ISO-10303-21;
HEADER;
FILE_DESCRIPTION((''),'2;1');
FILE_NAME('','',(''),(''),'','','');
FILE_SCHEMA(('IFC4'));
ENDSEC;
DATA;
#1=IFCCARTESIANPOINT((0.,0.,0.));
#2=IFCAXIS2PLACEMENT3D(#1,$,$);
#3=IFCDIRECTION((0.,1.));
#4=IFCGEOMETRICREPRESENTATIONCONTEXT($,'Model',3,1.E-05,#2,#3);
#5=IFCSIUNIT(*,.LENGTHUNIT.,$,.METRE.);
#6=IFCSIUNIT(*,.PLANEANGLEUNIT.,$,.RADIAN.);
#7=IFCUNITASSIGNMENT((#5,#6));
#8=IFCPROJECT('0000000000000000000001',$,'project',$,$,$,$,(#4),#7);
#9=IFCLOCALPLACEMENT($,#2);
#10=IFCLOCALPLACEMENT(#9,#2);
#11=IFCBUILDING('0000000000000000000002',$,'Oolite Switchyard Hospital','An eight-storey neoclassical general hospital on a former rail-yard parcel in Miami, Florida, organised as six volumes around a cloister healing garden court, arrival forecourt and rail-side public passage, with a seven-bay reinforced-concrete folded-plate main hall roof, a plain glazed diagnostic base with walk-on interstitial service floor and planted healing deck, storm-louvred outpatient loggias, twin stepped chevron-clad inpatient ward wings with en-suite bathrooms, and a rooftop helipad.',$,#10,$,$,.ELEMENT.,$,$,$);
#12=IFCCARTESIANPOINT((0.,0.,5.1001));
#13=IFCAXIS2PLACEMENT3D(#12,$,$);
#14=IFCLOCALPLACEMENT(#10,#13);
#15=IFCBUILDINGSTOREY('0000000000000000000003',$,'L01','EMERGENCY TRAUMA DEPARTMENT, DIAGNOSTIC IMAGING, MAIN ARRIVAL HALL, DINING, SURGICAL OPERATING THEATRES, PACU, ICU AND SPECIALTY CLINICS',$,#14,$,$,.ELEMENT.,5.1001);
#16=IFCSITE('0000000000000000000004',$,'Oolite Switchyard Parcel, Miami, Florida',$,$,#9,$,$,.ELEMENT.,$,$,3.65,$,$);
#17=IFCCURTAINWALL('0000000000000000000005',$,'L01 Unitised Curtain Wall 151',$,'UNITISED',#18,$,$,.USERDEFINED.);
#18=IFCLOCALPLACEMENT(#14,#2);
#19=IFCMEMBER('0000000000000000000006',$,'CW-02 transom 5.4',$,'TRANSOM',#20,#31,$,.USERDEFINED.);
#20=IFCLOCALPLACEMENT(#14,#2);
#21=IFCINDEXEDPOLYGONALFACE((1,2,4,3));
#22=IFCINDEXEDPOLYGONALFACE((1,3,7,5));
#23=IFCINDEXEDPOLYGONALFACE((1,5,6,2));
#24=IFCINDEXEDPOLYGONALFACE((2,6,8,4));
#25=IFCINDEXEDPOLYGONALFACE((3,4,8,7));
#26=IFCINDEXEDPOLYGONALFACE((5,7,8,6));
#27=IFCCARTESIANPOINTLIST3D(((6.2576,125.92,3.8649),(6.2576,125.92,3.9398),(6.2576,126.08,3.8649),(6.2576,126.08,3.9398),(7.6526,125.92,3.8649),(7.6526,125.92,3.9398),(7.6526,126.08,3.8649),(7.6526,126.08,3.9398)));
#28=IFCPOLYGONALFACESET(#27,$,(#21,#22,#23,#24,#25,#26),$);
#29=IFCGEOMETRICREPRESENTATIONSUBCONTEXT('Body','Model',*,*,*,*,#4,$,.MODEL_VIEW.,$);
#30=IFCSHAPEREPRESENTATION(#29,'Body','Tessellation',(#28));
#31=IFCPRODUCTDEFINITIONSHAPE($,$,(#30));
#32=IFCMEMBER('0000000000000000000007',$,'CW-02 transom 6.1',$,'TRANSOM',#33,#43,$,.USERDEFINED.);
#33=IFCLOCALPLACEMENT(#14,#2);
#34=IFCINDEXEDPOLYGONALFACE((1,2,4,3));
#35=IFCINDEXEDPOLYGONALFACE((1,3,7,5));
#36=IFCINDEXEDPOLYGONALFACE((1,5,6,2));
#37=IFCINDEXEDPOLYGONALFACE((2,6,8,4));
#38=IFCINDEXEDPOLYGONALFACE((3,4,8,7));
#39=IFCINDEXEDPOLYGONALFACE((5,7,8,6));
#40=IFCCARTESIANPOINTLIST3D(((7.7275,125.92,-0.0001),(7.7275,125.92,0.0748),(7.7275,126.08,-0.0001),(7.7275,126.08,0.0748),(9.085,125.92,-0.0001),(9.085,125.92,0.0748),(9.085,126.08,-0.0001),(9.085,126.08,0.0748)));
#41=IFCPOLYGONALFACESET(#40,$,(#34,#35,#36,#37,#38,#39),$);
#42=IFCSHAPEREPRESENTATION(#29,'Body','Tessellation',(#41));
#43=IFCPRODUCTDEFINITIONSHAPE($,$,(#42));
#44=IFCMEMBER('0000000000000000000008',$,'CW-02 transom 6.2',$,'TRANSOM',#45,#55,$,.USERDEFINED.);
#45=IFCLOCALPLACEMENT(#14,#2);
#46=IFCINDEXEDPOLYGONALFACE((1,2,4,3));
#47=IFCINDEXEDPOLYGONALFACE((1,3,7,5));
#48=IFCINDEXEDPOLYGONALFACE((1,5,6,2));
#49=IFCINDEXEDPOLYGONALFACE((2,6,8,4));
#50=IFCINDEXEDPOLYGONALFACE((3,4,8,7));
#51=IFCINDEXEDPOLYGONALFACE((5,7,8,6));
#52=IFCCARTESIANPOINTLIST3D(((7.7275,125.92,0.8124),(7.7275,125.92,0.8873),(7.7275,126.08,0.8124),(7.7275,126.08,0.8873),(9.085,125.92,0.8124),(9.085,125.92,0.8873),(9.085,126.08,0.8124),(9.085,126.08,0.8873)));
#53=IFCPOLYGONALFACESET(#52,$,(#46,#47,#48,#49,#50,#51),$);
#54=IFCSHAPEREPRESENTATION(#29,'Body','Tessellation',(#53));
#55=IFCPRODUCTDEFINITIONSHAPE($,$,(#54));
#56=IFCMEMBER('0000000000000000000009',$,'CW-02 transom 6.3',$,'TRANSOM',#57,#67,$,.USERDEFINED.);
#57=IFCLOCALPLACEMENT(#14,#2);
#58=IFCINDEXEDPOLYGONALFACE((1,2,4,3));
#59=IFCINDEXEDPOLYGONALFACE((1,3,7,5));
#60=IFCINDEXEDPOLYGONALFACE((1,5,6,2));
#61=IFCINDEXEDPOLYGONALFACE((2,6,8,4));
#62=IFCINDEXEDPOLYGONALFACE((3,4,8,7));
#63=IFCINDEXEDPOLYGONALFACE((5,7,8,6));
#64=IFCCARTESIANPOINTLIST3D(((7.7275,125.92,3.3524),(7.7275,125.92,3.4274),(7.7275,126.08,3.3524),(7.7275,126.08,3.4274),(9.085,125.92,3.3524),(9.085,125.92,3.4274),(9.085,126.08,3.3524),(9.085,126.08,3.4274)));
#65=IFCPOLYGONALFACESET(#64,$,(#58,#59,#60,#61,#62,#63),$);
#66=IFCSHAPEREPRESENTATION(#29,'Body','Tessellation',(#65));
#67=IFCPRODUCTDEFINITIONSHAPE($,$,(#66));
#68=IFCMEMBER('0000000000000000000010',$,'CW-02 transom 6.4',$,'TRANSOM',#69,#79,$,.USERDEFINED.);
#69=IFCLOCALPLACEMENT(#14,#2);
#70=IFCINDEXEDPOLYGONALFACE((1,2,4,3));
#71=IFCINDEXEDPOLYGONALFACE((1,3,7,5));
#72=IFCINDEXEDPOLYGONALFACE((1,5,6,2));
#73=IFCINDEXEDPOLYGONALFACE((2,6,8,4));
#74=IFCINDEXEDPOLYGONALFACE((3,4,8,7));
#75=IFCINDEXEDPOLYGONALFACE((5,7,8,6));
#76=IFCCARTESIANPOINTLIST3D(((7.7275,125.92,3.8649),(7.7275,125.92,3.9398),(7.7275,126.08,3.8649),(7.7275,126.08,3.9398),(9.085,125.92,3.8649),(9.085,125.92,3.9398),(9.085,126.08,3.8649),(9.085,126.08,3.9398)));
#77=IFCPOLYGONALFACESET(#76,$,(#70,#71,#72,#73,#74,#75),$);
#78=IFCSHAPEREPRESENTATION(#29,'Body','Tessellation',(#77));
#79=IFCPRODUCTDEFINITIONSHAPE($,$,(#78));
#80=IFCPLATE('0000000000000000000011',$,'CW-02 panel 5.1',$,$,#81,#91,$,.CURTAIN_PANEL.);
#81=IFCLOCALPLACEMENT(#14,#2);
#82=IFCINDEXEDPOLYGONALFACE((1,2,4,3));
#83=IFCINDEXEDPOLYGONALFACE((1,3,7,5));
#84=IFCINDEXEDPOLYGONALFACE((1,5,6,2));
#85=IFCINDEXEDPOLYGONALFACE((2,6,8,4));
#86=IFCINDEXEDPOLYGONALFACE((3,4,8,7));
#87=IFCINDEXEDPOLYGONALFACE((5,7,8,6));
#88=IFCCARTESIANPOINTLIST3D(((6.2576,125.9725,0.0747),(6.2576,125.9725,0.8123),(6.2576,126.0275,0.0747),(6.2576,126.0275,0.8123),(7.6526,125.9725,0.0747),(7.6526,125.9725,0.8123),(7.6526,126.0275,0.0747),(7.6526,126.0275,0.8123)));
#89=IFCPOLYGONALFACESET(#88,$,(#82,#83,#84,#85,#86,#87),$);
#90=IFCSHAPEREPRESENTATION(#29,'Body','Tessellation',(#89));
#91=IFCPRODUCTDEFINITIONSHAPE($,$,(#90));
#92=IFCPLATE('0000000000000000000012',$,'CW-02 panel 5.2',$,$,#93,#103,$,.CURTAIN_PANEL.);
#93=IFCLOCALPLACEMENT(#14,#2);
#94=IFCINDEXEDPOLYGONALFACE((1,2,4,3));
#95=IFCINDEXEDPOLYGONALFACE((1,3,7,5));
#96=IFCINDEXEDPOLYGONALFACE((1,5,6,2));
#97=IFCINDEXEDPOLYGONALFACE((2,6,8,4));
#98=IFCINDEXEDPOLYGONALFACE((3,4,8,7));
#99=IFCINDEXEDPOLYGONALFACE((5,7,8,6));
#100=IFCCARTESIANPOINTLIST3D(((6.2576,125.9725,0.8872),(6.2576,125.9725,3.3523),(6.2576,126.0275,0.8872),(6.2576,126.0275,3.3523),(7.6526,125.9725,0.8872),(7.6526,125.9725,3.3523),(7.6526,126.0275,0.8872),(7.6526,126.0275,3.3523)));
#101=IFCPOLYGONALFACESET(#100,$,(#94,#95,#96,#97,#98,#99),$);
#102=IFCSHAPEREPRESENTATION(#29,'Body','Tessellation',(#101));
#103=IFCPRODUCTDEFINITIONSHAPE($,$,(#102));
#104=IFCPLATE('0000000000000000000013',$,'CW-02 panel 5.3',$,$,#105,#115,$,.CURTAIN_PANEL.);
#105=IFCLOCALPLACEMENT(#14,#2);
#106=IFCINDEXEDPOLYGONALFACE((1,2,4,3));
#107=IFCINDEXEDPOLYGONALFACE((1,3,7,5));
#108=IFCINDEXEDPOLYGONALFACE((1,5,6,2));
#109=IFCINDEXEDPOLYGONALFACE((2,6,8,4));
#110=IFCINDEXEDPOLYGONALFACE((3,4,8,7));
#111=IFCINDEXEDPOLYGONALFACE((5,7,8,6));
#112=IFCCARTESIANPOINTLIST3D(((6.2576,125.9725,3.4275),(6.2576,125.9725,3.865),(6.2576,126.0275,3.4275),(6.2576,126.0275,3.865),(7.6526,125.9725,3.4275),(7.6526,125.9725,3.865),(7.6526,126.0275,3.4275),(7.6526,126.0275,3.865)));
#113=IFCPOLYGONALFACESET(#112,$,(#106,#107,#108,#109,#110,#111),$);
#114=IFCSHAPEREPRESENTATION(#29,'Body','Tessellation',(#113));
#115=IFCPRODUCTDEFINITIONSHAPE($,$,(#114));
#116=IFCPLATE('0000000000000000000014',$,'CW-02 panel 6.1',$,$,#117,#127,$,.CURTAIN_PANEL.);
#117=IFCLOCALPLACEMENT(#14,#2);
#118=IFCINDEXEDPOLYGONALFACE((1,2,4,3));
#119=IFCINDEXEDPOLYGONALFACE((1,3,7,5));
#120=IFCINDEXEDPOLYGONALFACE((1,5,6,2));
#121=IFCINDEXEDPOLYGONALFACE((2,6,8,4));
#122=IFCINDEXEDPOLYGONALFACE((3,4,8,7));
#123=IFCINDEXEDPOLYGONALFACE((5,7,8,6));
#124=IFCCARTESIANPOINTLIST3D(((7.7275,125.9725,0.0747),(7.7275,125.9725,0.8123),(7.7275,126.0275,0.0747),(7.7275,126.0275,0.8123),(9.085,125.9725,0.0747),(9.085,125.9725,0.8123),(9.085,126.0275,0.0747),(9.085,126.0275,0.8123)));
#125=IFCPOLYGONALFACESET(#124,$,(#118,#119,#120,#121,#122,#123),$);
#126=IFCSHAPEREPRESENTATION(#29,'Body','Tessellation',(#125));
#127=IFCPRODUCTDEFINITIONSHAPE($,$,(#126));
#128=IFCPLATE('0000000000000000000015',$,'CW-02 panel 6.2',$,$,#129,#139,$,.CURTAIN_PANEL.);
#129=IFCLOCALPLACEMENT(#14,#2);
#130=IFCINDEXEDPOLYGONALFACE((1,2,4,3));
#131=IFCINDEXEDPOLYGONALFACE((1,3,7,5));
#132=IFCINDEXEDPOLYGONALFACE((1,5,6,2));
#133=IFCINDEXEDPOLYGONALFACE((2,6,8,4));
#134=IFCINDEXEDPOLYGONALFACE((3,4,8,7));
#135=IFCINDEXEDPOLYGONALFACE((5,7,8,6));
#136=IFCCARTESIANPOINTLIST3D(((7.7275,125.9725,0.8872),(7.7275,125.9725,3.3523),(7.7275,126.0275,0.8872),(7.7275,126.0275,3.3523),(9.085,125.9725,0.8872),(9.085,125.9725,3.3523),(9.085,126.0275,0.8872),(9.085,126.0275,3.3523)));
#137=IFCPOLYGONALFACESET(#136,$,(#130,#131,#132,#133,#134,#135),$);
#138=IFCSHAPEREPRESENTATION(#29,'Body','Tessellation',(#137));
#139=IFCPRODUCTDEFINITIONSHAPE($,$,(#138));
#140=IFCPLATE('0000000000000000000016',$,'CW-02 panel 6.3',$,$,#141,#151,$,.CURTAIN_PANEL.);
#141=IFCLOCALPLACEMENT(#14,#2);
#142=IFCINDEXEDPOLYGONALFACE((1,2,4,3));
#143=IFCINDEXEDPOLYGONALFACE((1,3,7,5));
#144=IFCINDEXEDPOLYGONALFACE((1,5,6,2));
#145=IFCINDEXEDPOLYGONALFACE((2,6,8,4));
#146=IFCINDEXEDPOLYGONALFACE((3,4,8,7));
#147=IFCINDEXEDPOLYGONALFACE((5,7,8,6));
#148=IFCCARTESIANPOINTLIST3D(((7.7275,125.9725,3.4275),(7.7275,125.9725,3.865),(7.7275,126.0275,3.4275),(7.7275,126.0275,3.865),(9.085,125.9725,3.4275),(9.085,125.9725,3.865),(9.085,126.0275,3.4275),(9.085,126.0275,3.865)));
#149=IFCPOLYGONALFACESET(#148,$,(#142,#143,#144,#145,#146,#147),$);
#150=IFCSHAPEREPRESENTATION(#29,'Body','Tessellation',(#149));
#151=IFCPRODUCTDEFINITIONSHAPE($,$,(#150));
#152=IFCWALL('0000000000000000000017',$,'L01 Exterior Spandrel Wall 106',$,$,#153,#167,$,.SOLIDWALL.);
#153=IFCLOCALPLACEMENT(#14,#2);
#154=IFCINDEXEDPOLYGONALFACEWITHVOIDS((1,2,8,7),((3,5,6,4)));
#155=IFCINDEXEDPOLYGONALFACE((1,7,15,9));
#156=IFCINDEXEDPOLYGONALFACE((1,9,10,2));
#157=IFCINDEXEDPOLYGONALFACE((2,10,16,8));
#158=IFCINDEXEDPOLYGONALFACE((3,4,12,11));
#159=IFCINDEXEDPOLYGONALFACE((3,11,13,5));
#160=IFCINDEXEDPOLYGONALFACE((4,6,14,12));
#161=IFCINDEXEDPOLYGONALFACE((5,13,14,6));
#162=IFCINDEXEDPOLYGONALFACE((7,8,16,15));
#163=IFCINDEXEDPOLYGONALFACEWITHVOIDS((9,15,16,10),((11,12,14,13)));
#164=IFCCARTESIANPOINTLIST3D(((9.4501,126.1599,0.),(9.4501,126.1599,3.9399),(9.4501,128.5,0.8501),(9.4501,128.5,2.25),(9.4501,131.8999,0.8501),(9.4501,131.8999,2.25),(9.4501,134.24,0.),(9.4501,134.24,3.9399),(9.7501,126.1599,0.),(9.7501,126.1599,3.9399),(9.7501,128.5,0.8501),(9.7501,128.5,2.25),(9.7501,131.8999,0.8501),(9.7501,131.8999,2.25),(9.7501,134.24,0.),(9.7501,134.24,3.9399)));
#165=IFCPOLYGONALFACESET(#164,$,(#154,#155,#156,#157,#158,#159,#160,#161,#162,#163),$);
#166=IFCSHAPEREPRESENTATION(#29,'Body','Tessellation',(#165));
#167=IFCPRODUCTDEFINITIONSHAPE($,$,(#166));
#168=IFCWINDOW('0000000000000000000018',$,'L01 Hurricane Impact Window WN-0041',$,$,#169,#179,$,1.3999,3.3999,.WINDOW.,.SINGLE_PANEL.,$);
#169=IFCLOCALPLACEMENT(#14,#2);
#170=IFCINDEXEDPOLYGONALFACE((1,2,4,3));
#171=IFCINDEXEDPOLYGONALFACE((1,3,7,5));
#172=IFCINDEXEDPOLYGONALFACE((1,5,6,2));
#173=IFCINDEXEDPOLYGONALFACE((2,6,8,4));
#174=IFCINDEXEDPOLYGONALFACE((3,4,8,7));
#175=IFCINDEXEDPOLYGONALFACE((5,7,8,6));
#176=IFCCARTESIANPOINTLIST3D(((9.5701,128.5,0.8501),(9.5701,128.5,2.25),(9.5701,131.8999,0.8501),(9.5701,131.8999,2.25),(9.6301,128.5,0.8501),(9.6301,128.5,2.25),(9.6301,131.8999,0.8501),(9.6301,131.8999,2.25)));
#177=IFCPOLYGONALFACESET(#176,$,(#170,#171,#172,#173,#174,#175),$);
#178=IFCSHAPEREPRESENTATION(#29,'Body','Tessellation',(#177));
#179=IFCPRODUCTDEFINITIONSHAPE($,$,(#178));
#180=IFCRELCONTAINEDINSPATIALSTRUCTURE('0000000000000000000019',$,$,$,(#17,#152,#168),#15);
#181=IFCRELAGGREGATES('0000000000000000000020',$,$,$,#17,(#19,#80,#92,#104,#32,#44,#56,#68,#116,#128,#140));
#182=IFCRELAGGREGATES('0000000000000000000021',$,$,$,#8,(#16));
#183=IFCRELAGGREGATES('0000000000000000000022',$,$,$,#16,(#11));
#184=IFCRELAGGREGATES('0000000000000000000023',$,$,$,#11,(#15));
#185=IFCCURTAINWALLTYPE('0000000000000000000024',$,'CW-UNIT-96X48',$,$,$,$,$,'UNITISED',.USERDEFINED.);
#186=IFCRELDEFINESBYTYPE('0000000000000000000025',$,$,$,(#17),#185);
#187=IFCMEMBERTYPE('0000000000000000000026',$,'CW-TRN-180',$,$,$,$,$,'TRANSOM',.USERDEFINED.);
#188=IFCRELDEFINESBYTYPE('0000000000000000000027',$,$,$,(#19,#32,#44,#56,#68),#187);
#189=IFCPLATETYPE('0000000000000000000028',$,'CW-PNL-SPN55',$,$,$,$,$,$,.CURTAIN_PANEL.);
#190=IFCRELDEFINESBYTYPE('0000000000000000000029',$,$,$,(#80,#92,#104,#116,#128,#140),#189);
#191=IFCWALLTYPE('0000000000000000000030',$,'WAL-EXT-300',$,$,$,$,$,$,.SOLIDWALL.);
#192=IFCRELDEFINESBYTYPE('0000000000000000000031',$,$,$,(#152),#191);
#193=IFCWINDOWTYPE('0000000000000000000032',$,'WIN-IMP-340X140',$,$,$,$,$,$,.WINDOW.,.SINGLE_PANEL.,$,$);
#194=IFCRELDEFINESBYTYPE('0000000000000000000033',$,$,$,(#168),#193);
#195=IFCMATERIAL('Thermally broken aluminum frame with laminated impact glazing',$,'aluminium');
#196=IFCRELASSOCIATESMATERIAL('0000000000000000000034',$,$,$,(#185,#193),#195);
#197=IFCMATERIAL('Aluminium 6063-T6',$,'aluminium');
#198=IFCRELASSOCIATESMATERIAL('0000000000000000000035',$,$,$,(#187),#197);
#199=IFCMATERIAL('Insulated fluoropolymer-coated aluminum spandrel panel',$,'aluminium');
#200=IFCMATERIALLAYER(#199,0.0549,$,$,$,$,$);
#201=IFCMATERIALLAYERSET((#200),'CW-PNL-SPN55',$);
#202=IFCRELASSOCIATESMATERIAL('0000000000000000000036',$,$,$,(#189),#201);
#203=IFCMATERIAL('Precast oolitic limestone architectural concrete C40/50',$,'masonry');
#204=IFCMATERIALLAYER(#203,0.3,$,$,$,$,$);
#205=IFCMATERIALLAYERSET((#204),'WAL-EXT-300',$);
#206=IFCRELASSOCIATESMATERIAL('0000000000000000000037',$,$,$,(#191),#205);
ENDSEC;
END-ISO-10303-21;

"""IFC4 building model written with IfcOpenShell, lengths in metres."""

from ifc_helpers import new_model, si_unit, direction, frame, frame_2d, origin, origin_2d, place, context, subcontext, project, spatial, rectangle, extrude, material, layer, layer_set, material_profile, profile_set, type_object, element, fill, aggregate, save


model = new_model("IFC4")

# Units and contexts
model_context = context("Model", 3, precision=1e-05, world=origin(), true_north=direction((0.0, 1.0)))
body_context = subcontext(model_context, "Body", "Model", "MODEL_VIEW")
ifc_project = project(units=[si_unit("LENGTHUNIT", "METRE"), si_unit("PLANEANGLEUNIT", "RADIAN")], contexts=[model_context])

# Site, building, storey
site_placement = place(None, origin())
site = spatial("IfcSite", under=ifc_project, at=site_placement, Name="Oolite Switchyard Parcel, Miami, Florida", CompositionType="ELEMENT", RefElevation=3.65)
building_placement = place(site_placement, origin())
building = spatial("IfcBuilding", under=site, at=building_placement, Name="Oolite Switchyard Hospital", Description="An eight-storey neoclassical general hospital on a former rail-yard parcel in Miami, Florida, organised as six volumes around a cloister healing garden court, arrival forecourt and rail-side public passage, with a seven-bay reinforced-concrete folded-plate main hall roof, a plain glazed diagnostic base with walk-on interstitial service floor and planted healing deck, storm-louvred outpatient loggias, twin stepped chevron-clad inpatient ward wings with en-suite bathrooms, and a rooftop helipad.", CompositionType="ELEMENT")
storey_placement = place(building_placement, frame((0.0, 0.0, 5.1001)))
storey = spatial("IfcBuildingStorey", under=building, at=storey_placement, Name="L01", Description="EMERGENCY TRAUMA DEPARTMENT, DIAGNOSTIC IMAGING, MAIN ARRIVAL HALL, DINING, SURGICAL OPERATING THEATRES, PACU, ICU AND SPECIALTY CLINICS", CompositionType="ELEMENT", Elevation=5.1001)

# Shared definitions
ifc_material_1 = material(Name="Thermally broken aluminum frame with laminated impact glazing", Category="aluminium")
curtain_wall_type = type_object("IfcCurtainWallType", Name="CW-UNIT-96X48", ElementType="UNITISED", PredefinedType="USERDEFINED", material=ifc_material_1)
ifc_material_2 = material(Name="Aluminium 6063-T6", Category="aluminium")

# Curtain wall
curtain_wall_1_placement = place(storey_placement, origin())
curtain_wall_1 = element("IfcCurtainWall", 1, at=curtain_wall_1_placement, inside=storey, type_object=curtain_wall_type, Name="L01 Unitised Curtain Wall 151", ObjectType="UNITISED", PredefinedType="USERDEFINED")

# Members
ifc_material_profile_1 = material_profile(ifc_material_2, rectangle(XDim=0.1599, YDim=0.075, at=origin_2d()), Name="CWT75X160")
ifc_profile_set_1 = profile_set([ifc_material_profile_1], Name="Aluminium 6063-T6")
member_type_1 = type_object("IfcMemberType", Name="CW-TRN-180", ElementType="TRANSOM", PredefinedType="USERDEFINED", material=ifc_profile_set_1)
member_1_placement = place(storey_placement, frame((6.2576, 126.0, 3.9023), z_axis=(1.0, 0.0, 0.0), x_axis=(0.0, 1.0, 0.0)))
member_1 = element("IfcMember", 2, at=member_1_placement, type_object=member_type_1, Name="CW-02 transom 5.4", ObjectType="TRANSOM", PredefinedType="USERDEFINED", context=body_context, shape_type="SweptSolid", body=[
    extrude(rectangle(XDim=0.1599, YDim=0.075, at=origin_2d()), origin(), (0.0, 0.0, 1.0), 1.395),
])
member_2_placement = place(storey_placement, frame((7.7275, 126.0, 0.0374), z_axis=(1.0, 0.0, 0.0), x_axis=(0.0, 1.0, 0.0)))
member_2 = element("IfcMember", 3, at=member_2_placement, type_object=member_type_1, Name="CW-02 transom 6.1", ObjectType="TRANSOM", PredefinedType="USERDEFINED", context=body_context, shape_type="SweptSolid", body=[
    extrude(rectangle(XDim=0.1599, YDim=0.075, at=origin_2d()), origin(), (0.0, 0.0, 1.0), 1.3574),
])
member_3_placement = place(storey_placement, frame((7.7275, 126.0, 0.8499), z_axis=(1.0, 0.0, 0.0), x_axis=(0.0, 1.0, 0.0)))
member_3 = element("IfcMember", 4, at=member_3_placement, type_object=member_type_1, Name="CW-02 transom 6.2", ObjectType="TRANSOM", PredefinedType="USERDEFINED", context=body_context, shape_type="SweptSolid", body=[
    extrude(rectangle(XDim=0.1599, YDim=0.075, at=origin_2d()), origin(), (0.0, 0.0, 1.0), 1.3574),
])
member_4_placement = place(storey_placement, frame((7.7275, 126.0, 3.3899), z_axis=(1.0, 0.0, 0.0), x_axis=(0.0, 1.0, 0.0)))
member_4 = element("IfcMember", 5, at=member_4_placement, type_object=member_type_1, Name="CW-02 transom 6.3", ObjectType="TRANSOM", PredefinedType="USERDEFINED", context=body_context, shape_type="SweptSolid", body=[
    extrude(rectangle(XDim=0.1599, YDim=0.075, at=origin_2d()), origin(), (0.0, 0.0, 1.0), 1.3574),
])
member_5_placement = place(storey_placement, frame((7.7275, 126.0, 3.9023), z_axis=(1.0, 0.0, 0.0), x_axis=(0.0, 1.0, 0.0)))
member_5 = element("IfcMember", 6, at=member_5_placement, type_object=member_type_1, Name="CW-02 transom 6.4", ObjectType="TRANSOM", PredefinedType="USERDEFINED", context=body_context, shape_type="SweptSolid", body=[
    extrude(rectangle(XDim=0.1599, YDim=0.075, at=origin_2d()), origin(), (0.0, 0.0, 1.0), 1.3574),
])

# Plates
ifc_material_3 = material(Name="Insulated fluoropolymer-coated aluminum spandrel panel", Category="aluminium")
ifc_layer_1 = layer(ifc_material_3, 0.0549)
ifc_layer_set_1 = layer_set([ifc_layer_1], Name="CW-PNL-SPN55")
plate_type = type_object("IfcPlateType", Name="CW-PNL-SPN55", PredefinedType="CURTAIN_PANEL", material=ifc_layer_set_1)
plate_1_placement = place(storey_placement, frame((6.9551, 126.0, 0.0747), z_axis=(0.0, 0.0, 1.0), x_axis=(1.0, 0.0, 0.0)))
plate_1 = element("IfcPlate", 7, at=plate_1_placement, type_object=plate_type, Name="CW-02 panel 5.1", PredefinedType="CURTAIN_PANEL", context=body_context, shape_type="SweptSolid", body=[
    extrude(rectangle(XDim=1.395, YDim=0.0549, at=origin_2d()), origin(), (0.0, 0.0, 1.0), 0.7375),
])
plate_2_placement = place(storey_placement, frame((6.9551, 126.0, 0.8872), z_axis=(0.0, 0.0, 1.0), x_axis=(1.0, 0.0, 0.0)))
plate_2 = element("IfcPlate", 8, at=plate_2_placement, type_object=plate_type, Name="CW-02 panel 5.2", PredefinedType="CURTAIN_PANEL", context=body_context, shape_type="SweptSolid", body=[
    extrude(rectangle(XDim=1.395, YDim=0.0549, at=origin_2d()), origin(), (0.0, 0.0, 1.0), 2.4651),
])
plate_3_placement = place(storey_placement, frame((6.9551, 126.0, 3.4275), z_axis=(0.0, 0.0, 1.0), x_axis=(1.0, 0.0, 0.0)))
plate_3 = element("IfcPlate", 9, at=plate_3_placement, type_object=plate_type, Name="CW-02 panel 5.3", PredefinedType="CURTAIN_PANEL", context=body_context, shape_type="SweptSolid", body=[
    extrude(rectangle(XDim=1.395, YDim=0.0549, at=origin_2d()), origin(), (0.0, 0.0, 1.0), 0.4375),
])
plate_4_placement = place(storey_placement, frame((8.4062, 126.0, 0.0747), z_axis=(0.0, 0.0, 1.0), x_axis=(1.0, 0.0, 0.0)))
plate_4 = element("IfcPlate", 10, at=plate_4_placement, type_object=plate_type, Name="CW-02 panel 6.1", PredefinedType="CURTAIN_PANEL", context=body_context, shape_type="SweptSolid", body=[
    extrude(rectangle(XDim=1.3574, YDim=0.0549, at=origin_2d()), origin(), (0.0, 0.0, 1.0), 0.7375),
])
plate_5_placement = place(storey_placement, frame((8.4062, 126.0, 0.8872), z_axis=(0.0, 0.0, 1.0), x_axis=(1.0, 0.0, 0.0)))
plate_5 = element("IfcPlate", 11, at=plate_5_placement, type_object=plate_type, Name="CW-02 panel 6.2", PredefinedType="CURTAIN_PANEL", context=body_context, shape_type="SweptSolid", body=[
    extrude(rectangle(XDim=1.3574, YDim=0.0549, at=origin_2d()), origin(), (0.0, 0.0, 1.0), 2.4651),
])
plate_6_placement = place(storey_placement, frame((8.4062, 126.0, 3.4275), z_axis=(0.0, 0.0, 1.0), x_axis=(1.0, 0.0, 0.0)))
plate_6 = element("IfcPlate", 12, at=plate_6_placement, type_object=plate_type, Name="CW-02 panel 6.3", PredefinedType="CURTAIN_PANEL", context=body_context, shape_type="SweptSolid", body=[
    extrude(rectangle(XDim=1.3574, YDim=0.0549, at=origin_2d()), origin(), (0.0, 0.0, 1.0), 0.4375),
])
aggregate(curtain_wall_1, [member_1, plate_1, plate_2, plate_3, member_2, member_3, member_4, member_5, plate_4, plate_5, plate_6])

# Wall, opening, window
ifc_material_4 = material(Name="Precast oolitic limestone architectural concrete C40/50", Category="masonry")
ifc_layer_2 = layer(ifc_material_4, 0.3)
ifc_layer_set_2 = layer_set([ifc_layer_2], Name="WAL-EXT-300")
wall_type = type_object("IfcWallType", Name="WAL-EXT-300", PredefinedType="SOLIDWALL", material=ifc_layer_set_2)
wall_placement = place(storey_placement, frame((9.6001, 126.1599, 0.0), z_axis=(0.0, 0.0, 1.0), x_axis=(0.0, 1.0, 0.0)))
wall = element("IfcWall", 13, at=wall_placement, inside=storey, type_object=wall_type, Name="L01 Exterior Spandrel Wall 106", PredefinedType="SOLIDWALL", context=body_context, shape_type="SweptSolid", body=[
    extrude(rectangle(XDim=8.0801, YDim=0.3, at=frame_2d((4.04, 0.0))), origin(), (0.0, 0.0, 1.0), 3.9399),
])
opening_placement = place(wall_placement, frame((2.3401, 0.0, 0.8501)))
opening = element("IfcOpeningElement", 14, at=opening_placement, cuts=wall, PredefinedType="OPENING", context=body_context, shape_type="SweptSolid", body=[
    extrude(rectangle(XDim=3.3999, YDim=1.3999, at=frame_2d((1.7, 0.7))), frame((0.0, 0.1602, 0.0), z_axis=(0.0, -1.0, 0.0), x_axis=(1.0, 0.0, 0.0)), (0.0, 0.0, 1.0), 0.3201),
])
window_type = type_object("IfcWindowType", Name="WIN-IMP-340X140", PartitioningType="SINGLE_PANEL", PredefinedType="WINDOW", material=ifc_material_1)
window_placement = place(opening_placement, origin())
window = element("IfcWindow", 15, at=window_placement, inside=storey, type_object=window_type, Name="L01 Hurricane Impact Window WN-0041", OverallHeight=1.3999, OverallWidth=3.3999, PartitioningType="SINGLE_PANEL", PredefinedType="WINDOW", context=body_context, shape_type="SweptSolid", body=[
    extrude(rectangle(XDim=3.3999, YDim=1.3999, at=frame_2d((1.7, 0.7))), frame((0.0, 0.03, 0.0), z_axis=(0.0, -1.0, 0.0), x_axis=(1.0, 0.0, 0.0)), (0.0, 0.0, 1.0), 0.0601),
])
fill(opening, window)

save(model, "model.ifc")
